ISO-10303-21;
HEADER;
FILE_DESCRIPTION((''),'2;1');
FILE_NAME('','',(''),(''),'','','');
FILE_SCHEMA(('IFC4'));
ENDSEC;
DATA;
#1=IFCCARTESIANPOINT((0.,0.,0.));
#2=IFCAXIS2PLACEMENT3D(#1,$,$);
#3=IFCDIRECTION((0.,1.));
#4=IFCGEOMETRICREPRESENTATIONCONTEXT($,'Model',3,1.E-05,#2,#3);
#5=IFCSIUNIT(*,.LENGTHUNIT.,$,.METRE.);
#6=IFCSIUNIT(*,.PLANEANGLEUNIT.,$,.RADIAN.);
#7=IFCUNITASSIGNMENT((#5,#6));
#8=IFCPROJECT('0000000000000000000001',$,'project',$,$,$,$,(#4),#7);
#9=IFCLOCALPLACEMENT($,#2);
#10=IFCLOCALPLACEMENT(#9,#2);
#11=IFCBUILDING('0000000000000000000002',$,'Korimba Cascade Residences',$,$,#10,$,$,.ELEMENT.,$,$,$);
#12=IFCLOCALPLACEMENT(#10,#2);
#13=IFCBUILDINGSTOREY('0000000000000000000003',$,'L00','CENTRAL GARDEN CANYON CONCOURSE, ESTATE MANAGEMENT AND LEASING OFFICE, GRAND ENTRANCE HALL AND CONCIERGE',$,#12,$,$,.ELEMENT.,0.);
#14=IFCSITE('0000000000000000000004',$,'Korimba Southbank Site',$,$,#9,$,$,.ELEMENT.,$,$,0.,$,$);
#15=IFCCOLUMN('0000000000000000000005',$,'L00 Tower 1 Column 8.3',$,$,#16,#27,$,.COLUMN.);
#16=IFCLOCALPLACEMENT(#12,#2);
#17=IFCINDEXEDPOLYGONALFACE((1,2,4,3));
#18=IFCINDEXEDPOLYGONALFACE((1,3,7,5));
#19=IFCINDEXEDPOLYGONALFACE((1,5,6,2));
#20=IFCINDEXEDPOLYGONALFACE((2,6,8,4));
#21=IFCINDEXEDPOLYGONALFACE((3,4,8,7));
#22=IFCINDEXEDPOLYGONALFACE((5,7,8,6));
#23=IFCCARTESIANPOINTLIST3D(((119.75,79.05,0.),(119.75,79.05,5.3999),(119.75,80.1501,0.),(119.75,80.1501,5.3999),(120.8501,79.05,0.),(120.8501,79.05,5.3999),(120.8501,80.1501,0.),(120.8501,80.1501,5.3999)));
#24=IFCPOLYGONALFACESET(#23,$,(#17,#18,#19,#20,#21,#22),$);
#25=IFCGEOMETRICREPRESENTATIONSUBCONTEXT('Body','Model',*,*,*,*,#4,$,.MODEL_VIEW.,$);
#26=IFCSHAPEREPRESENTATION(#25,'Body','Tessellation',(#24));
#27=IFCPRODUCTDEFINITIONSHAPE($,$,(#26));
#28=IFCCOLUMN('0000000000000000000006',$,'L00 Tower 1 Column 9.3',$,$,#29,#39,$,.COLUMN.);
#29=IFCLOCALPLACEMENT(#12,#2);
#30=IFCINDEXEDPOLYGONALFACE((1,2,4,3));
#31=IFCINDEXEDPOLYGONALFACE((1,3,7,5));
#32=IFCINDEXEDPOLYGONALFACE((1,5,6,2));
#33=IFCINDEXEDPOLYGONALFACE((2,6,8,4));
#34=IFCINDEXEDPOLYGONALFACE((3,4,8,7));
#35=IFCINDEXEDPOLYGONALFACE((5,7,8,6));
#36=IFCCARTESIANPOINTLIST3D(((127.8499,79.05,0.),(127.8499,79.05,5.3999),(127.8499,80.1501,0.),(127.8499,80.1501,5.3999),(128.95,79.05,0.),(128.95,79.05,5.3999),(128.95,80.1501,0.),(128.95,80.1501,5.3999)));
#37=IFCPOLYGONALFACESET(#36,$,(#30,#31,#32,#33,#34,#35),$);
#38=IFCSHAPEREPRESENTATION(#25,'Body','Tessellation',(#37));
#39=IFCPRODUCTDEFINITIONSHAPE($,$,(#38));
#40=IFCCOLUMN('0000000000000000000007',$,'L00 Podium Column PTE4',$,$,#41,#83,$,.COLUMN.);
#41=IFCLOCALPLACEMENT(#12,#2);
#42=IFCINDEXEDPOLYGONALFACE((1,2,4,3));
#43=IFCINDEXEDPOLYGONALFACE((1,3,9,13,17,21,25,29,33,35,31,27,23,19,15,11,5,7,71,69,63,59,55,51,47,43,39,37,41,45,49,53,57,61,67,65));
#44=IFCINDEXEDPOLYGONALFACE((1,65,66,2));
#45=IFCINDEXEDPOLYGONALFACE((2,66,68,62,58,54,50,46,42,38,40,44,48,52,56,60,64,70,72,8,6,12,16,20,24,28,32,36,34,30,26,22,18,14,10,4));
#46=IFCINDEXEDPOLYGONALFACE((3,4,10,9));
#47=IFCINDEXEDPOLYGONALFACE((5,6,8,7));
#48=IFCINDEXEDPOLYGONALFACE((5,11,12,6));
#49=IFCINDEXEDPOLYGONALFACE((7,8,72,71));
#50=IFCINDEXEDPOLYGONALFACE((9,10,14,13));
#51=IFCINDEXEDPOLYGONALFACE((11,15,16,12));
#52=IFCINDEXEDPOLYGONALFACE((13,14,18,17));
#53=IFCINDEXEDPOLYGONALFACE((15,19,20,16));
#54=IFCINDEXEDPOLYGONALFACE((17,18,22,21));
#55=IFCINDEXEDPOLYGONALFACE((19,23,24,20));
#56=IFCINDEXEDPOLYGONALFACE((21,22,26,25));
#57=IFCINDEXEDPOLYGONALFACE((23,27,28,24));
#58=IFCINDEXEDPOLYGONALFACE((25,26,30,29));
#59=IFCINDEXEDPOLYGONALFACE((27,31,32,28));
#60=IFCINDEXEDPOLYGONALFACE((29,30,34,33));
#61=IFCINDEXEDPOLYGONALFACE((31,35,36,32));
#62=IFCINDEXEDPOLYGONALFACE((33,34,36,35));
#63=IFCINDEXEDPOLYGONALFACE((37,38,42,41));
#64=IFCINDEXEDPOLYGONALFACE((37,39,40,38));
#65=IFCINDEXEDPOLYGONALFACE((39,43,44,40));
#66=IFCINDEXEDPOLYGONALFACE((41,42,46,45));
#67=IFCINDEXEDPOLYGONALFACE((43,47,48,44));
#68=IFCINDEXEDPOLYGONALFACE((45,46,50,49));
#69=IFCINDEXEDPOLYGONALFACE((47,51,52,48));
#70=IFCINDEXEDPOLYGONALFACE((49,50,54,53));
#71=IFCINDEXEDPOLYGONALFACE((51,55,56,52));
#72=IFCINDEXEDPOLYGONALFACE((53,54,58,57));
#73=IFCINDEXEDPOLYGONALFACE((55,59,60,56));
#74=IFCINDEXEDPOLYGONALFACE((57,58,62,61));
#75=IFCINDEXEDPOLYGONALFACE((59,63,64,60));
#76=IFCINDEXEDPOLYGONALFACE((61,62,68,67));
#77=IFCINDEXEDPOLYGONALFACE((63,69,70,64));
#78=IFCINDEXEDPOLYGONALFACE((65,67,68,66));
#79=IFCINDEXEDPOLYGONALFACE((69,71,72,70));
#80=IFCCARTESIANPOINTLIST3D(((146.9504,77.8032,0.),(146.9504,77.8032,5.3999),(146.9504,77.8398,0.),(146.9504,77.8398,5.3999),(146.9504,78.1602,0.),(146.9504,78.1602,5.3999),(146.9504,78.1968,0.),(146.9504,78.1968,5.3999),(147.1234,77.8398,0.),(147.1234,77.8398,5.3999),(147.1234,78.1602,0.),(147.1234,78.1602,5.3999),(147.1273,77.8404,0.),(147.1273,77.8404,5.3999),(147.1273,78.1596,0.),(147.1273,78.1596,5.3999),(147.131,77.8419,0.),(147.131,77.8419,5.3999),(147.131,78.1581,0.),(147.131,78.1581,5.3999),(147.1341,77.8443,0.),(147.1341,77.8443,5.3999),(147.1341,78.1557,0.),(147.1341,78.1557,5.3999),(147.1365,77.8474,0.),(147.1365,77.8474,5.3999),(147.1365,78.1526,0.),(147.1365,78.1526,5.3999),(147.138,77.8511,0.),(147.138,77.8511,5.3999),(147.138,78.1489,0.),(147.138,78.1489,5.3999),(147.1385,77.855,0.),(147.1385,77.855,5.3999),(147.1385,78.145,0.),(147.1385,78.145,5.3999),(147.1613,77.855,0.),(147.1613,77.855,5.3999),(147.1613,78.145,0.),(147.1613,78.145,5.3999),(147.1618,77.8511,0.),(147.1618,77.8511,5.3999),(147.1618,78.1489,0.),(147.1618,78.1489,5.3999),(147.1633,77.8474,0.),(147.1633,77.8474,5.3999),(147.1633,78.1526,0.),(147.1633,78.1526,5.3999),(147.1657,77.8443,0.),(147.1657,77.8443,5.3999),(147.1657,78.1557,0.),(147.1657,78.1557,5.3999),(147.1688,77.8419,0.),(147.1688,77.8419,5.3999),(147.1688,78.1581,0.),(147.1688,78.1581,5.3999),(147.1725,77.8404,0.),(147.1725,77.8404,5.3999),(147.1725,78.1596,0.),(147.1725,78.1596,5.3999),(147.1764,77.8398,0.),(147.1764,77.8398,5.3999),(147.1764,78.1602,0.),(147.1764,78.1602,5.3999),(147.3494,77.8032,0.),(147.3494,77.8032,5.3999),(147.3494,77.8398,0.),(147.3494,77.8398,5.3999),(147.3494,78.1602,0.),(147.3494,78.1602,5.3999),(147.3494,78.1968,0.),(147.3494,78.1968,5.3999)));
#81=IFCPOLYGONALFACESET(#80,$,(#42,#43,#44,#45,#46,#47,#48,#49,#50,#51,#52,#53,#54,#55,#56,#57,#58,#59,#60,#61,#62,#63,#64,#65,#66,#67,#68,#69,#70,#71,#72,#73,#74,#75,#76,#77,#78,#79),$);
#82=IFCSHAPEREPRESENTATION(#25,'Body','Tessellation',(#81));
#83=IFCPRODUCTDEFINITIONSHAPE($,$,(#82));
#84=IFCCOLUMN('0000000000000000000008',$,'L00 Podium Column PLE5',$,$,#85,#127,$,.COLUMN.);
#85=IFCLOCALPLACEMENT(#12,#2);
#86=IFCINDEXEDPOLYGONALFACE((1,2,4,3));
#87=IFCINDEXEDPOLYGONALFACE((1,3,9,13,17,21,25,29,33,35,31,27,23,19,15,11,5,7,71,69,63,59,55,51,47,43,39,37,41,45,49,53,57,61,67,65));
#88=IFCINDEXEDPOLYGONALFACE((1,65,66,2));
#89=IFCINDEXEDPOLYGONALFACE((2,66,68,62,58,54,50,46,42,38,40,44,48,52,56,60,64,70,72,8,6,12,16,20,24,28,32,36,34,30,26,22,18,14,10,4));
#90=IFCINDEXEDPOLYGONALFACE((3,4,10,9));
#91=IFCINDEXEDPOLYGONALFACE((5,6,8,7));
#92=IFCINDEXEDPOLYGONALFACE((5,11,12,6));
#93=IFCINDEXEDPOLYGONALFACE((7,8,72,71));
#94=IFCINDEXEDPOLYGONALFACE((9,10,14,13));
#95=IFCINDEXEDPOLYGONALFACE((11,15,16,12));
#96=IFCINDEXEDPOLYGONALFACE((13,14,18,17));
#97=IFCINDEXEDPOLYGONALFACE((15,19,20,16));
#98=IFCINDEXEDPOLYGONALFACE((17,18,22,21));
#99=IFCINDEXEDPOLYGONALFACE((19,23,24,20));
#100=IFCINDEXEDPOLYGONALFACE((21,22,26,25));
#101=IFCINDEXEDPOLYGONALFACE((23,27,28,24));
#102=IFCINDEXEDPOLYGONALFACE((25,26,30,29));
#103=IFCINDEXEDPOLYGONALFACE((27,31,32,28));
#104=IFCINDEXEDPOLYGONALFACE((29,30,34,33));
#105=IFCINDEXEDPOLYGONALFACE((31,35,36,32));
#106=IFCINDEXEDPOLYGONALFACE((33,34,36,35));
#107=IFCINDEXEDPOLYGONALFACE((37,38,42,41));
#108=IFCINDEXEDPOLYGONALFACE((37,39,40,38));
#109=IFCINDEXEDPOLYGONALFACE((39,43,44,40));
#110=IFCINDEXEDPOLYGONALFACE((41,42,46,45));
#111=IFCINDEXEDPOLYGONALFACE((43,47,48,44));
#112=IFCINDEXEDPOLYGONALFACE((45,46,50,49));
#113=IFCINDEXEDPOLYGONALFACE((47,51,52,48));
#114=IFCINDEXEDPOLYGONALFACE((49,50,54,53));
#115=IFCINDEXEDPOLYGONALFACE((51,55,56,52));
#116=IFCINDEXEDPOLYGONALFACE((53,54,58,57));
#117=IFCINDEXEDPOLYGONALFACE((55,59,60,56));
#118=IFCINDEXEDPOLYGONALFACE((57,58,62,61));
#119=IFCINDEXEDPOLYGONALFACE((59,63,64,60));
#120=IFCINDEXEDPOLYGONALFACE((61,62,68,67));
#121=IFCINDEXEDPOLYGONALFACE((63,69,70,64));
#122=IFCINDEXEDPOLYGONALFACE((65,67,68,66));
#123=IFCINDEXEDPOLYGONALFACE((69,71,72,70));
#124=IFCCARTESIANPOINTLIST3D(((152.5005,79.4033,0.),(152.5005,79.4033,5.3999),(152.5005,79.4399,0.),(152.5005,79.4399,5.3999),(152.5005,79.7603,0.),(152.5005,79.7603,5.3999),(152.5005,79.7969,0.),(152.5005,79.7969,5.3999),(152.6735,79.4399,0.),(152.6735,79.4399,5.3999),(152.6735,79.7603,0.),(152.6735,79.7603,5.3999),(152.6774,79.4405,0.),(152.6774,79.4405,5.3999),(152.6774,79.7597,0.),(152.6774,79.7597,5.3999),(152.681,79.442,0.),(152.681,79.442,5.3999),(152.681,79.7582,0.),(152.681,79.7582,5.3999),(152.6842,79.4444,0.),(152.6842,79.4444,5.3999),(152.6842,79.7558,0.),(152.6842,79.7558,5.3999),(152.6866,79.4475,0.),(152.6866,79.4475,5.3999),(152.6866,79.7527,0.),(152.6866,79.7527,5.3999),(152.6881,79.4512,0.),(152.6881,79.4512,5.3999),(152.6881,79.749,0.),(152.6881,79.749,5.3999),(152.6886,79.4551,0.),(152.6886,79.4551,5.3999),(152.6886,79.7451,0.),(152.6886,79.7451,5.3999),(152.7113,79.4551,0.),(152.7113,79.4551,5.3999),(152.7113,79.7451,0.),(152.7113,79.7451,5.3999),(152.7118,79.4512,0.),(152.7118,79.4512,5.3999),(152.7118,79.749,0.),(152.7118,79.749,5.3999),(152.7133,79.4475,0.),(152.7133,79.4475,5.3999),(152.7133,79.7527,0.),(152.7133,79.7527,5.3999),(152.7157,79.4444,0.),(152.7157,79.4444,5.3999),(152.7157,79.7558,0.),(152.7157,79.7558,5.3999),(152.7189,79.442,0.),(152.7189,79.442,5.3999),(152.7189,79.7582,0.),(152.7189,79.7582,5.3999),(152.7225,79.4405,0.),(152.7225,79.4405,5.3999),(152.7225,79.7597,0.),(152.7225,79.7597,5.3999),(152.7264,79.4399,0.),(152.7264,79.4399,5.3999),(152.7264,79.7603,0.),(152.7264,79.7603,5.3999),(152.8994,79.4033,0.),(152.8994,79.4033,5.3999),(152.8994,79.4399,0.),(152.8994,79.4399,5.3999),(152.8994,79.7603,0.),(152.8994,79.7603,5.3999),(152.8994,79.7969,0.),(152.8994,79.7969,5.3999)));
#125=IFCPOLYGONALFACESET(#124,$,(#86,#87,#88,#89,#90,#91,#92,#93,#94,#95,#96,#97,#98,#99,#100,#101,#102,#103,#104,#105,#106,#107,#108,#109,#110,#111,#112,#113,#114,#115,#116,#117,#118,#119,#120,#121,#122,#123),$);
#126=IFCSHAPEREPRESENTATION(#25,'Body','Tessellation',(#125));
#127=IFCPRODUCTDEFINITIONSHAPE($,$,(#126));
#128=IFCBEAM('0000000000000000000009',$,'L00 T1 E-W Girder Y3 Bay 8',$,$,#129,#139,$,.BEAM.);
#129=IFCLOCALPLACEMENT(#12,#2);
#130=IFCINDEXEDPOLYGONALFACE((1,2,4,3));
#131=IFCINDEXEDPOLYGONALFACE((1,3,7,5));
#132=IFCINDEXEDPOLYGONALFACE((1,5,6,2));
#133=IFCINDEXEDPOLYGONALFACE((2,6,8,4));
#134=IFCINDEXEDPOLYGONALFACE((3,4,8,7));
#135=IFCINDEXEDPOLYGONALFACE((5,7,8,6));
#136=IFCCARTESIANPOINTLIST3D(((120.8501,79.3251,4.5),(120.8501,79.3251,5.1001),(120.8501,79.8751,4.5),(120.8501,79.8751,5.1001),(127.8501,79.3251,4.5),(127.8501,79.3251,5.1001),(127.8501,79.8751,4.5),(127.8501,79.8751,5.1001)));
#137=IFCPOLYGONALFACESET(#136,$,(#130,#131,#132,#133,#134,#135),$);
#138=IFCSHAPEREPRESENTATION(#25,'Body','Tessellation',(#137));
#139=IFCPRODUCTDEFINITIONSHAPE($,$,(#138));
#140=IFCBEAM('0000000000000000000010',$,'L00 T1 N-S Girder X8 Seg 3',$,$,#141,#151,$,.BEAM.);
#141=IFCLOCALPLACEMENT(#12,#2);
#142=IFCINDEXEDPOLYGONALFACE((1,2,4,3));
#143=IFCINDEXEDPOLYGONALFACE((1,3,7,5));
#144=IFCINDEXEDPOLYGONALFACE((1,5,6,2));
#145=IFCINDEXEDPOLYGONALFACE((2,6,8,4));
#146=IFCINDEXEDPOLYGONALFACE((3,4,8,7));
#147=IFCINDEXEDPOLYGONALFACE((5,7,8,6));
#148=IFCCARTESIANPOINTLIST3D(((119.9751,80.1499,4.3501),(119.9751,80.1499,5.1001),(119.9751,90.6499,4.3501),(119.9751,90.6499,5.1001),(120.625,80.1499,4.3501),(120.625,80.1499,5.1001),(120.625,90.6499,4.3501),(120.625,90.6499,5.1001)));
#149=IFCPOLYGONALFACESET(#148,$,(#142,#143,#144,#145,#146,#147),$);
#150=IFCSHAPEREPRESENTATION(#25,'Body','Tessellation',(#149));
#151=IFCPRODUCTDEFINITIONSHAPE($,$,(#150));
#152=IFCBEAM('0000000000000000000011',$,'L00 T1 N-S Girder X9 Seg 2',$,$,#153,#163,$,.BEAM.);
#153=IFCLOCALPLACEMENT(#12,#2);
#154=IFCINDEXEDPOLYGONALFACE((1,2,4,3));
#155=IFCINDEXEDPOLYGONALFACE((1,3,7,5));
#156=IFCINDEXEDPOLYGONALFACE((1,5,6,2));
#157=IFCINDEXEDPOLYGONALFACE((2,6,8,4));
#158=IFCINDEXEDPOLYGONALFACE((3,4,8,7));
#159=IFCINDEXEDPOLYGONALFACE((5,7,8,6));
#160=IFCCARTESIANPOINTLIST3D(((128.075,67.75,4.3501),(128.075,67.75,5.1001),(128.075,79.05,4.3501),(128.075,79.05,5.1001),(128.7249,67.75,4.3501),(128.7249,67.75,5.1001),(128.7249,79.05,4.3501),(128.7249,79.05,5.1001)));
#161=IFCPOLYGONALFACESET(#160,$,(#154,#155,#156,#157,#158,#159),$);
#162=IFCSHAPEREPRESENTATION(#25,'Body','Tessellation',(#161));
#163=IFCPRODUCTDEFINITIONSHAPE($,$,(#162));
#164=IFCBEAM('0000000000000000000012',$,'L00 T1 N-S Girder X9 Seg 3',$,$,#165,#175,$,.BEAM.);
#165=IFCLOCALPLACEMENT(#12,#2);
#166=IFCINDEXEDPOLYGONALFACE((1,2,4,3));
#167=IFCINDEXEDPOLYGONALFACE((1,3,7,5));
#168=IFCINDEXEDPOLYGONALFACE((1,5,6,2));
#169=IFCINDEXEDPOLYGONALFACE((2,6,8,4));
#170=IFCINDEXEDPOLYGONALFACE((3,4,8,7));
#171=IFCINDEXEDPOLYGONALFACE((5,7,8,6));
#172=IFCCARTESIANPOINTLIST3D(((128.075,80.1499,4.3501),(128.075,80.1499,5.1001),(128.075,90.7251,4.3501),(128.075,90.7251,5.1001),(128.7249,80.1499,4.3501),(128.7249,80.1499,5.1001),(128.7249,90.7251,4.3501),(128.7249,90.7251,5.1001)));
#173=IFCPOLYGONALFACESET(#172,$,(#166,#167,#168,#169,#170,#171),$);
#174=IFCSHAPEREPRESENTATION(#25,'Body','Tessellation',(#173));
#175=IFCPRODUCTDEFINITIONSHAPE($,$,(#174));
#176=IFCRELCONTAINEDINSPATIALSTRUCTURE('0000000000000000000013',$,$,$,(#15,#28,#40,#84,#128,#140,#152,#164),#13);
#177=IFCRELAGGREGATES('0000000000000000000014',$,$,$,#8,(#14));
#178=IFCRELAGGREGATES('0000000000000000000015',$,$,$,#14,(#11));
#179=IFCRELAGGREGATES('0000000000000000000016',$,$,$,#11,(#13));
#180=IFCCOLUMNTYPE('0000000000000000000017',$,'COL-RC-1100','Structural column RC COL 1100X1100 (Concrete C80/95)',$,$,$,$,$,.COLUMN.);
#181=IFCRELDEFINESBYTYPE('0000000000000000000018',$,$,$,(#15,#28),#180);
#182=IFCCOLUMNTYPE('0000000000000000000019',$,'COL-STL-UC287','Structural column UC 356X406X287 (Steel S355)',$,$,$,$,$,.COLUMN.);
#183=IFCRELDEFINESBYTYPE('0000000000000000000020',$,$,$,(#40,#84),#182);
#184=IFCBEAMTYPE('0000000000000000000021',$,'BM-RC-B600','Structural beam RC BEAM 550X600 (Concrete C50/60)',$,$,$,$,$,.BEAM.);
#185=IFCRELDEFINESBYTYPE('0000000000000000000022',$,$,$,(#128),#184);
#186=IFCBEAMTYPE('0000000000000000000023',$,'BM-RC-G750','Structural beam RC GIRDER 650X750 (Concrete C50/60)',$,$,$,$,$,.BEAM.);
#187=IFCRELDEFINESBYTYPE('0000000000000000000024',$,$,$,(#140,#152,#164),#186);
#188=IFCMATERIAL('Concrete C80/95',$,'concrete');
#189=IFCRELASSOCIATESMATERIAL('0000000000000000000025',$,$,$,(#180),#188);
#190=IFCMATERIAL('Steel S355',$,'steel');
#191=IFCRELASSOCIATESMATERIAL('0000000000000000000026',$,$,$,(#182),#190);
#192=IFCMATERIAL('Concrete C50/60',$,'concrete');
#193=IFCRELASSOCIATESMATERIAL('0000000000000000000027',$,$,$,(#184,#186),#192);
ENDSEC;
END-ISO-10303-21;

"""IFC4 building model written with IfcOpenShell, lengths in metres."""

from ifc_helpers import new_model, si_unit, direction, frame, origin, origin_2d, place, context, subcontext, project, spatial, rectangle, i_section, extrude, material, material_profile, profile_set, type_object, element, save


model = new_model("IFC4")

# Units and contexts
model_context = context("Model", 3, precision=1e-05, world=origin(), true_north=direction((0.0, 1.0)))
body_context = subcontext(model_context, "Body", "Model", "MODEL_VIEW")
ifc_project = project(units=[si_unit("LENGTHUNIT", "METRE"), si_unit("PLANEANGLEUNIT", "RADIAN")], contexts=[model_context])

# Site, building, storey
site_placement = place(None, origin())
site = spatial("IfcSite", under=ifc_project, at=site_placement, Name="Korimba Southbank Site", CompositionType="ELEMENT", RefElevation=0.0)
building_placement = place(site_placement, origin())
building = spatial("IfcBuilding", under=site, at=building_placement, Name="Korimba Cascade Residences", CompositionType="ELEMENT")
storey_placement = place(building_placement, origin())
storey = spatial("IfcBuildingStorey", under=building, at=storey_placement, Name="L00", Description="CENTRAL GARDEN CANYON CONCOURSE, ESTATE MANAGEMENT AND LEASING OFFICE, GRAND ENTRANCE HALL AND CONCIERGE", CompositionType="ELEMENT", Elevation=0.0)

# Columns
ifc_material_1 = material(Name="Concrete C80/95", Category="concrete")
ifc_material_profile_1 = material_profile(ifc_material_1, rectangle(XDim=1.1001, YDim=1.1001, at=origin_2d()), Name="Concrete C80/95")
ifc_profile_set_1 = profile_set([ifc_material_profile_1], Name="Concrete C80/95")
column_type_1 = type_object("IfcColumnType", Name="COL-RC-1100", Description="Structural column RC COL 1100X1100 (Concrete C80/95)", PredefinedType="COLUMN", material=ifc_profile_set_1)
for number, where, z_axis, x_axis, name in (
    (1, (120.3, 79.6001, 0.0), (0.0, 0.0, 1.0), (1.0, 0.0, 0.0), "L00 Tower 1 Column 8.3"),
    (2, (128.3999, 79.6001, 0.0), (0.0, 0.0, 1.0), (1.0, 0.0, 0.0), "L00 Tower 1 Column 9.3"),
):
    element("IfcColumn", number, at=place(storey_placement, frame(where, z_axis=z_axis, x_axis=x_axis)), inside=storey, type_object=column_type_1, Name=name, PredefinedType="COLUMN", context=body_context, shape_type="SweptSolid", body=[
        extrude(rectangle(XDim=1.1001, YDim=1.1001, at=origin_2d()), origin(), (0.0, 0.0, 1.0), 5.3999),
    ])
ifc_material_2 = material(Name="Steel S355", Category="steel")
ifc_material_profile_2 = material_profile(ifc_material_2, i_section(OverallWidth=0.3989, OverallDepth=0.3936, WebThickness=0.0227, FlangeThickness=0.0366, FilletRadius=0.0151, at=origin_2d()), Name="Steel S355")
ifc_profile_set_2 = profile_set([ifc_material_profile_2], Name="Steel S355")
column_type_2 = type_object("IfcColumnType", Name="COL-STL-UC287", Description="Structural column UC 356X406X287 (Steel S355)", PredefinedType="COLUMN", material=ifc_profile_set_2)
for number, where, z_axis, x_axis, name in (
    (3, (147.1499, 78.0, 0.0), (0.0, 0.0, 1.0), (1.0, 0.0, 0.0), "L00 Podium Column PTE4"),
    (4, (152.7, 79.6001, 0.0), (0.0, 0.0, 1.0), (1.0, 0.0, 0.0), "L00 Podium Column PLE5"),
):
    element("IfcColumn", number, at=place(storey_placement, frame(where, z_axis=z_axis, x_axis=x_axis)), inside=storey, type_object=column_type_2, Name=name, PredefinedType="COLUMN", context=body_context, shape_type="SweptSolid", body=[
        extrude(i_section(OverallWidth=0.3989, OverallDepth=0.3936, WebThickness=0.0227, FlangeThickness=0.0366, FilletRadius=0.0151, at=origin_2d()), origin(), (0.0, 0.0, 1.0), 5.3999),
    ])

# Beams
ifc_material_3 = material(Name="Concrete C50/60", Category="concrete")
ifc_material_profile_3 = material_profile(ifc_material_3, rectangle(XDim=0.55, YDim=0.6001, at=origin_2d()), Name="Concrete C50/60")
ifc_profile_set_3 = profile_set([ifc_material_profile_3], Name="Concrete C50/60")
beam_type_1 = type_object("IfcBeamType", Name="BM-RC-B600", Description="Structural beam RC BEAM 550X600 (Concrete C50/60)", PredefinedType="BEAM", material=ifc_profile_set_3)
beam_1_placement = place(storey_placement, frame((120.8501, 79.6001, 4.8), z_axis=(1.0, 0.0, 0.0), x_axis=(0.0, 1.0, 0.0)))
element("IfcBeam", 5, at=beam_1_placement, inside=storey, type_object=beam_type_1, Name="L00 T1 E-W Girder Y3 Bay 8", PredefinedType="BEAM", context=body_context, shape_type="SweptSolid", body=[
    extrude(rectangle(XDim=0.55, YDim=0.6001, at=origin_2d()), origin(), (0.0, 0.0, 1.0), 7.0),
])
ifc_material_profile_4 = material_profile(ifc_material_3, rectangle(XDim=0.6499, YDim=0.75, at=origin_2d()), Name="Concrete C50/60")
ifc_profile_set_4 = profile_set([ifc_material_profile_4], Name="Concrete C50/60")
beam_type_2 = type_object("IfcBeamType", Name="BM-RC-G750", Description="Structural beam RC GIRDER 650X750 (Concrete C50/60)", PredefinedType="BEAM", material=ifc_profile_set_4)
beam_2_placement = place(storey_placement, frame((120.3, 80.1499, 4.7251), z_axis=(0.0, 1.0, 0.0), x_axis=(-1.0, 0.0, 0.0)))
element("IfcBeam", 6, at=beam_2_placement, inside=storey, type_object=beam_type_2, Name="L00 T1 N-S Girder X8 Seg 3", PredefinedType="BEAM", context=body_context, shape_type="SweptSolid", body=[
    extrude(rectangle(XDim=0.6499, YDim=0.75, at=origin_2d()), origin(), (0.0, 0.0, 1.0), 10.5),
])
beam_3_placement = place(storey_placement, frame((128.3999, 67.75, 4.7251), z_axis=(0.0, 1.0, 0.0), x_axis=(-1.0, 0.0, 0.0)))
element("IfcBeam", 7, at=beam_3_placement, inside=storey, type_object=beam_type_2, Name="L00 T1 N-S Girder X9 Seg 2", PredefinedType="BEAM", context=body_context, shape_type="SweptSolid", body=[
    extrude(rectangle(XDim=0.6499, YDim=0.75, at=origin_2d()), origin(), (0.0, 0.0, 1.0), 11.3),
])
beam_4_placement = place(storey_placement, frame((128.3999, 80.1499, 4.7251), z_axis=(0.0, 1.0, 0.0), x_axis=(-1.0, 0.0, 0.0)))
element("IfcBeam", 8, at=beam_4_placement, inside=storey, type_object=beam_type_2, Name="L00 T1 N-S Girder X9 Seg 3", PredefinedType="BEAM", context=body_context, shape_type="SweptSolid", body=[
    extrude(rectangle(XDim=0.6499, YDim=0.75, at=origin_2d()), origin(), (0.0, 0.0, 1.0), 10.5752),
])

save(model, "model.ifc")
